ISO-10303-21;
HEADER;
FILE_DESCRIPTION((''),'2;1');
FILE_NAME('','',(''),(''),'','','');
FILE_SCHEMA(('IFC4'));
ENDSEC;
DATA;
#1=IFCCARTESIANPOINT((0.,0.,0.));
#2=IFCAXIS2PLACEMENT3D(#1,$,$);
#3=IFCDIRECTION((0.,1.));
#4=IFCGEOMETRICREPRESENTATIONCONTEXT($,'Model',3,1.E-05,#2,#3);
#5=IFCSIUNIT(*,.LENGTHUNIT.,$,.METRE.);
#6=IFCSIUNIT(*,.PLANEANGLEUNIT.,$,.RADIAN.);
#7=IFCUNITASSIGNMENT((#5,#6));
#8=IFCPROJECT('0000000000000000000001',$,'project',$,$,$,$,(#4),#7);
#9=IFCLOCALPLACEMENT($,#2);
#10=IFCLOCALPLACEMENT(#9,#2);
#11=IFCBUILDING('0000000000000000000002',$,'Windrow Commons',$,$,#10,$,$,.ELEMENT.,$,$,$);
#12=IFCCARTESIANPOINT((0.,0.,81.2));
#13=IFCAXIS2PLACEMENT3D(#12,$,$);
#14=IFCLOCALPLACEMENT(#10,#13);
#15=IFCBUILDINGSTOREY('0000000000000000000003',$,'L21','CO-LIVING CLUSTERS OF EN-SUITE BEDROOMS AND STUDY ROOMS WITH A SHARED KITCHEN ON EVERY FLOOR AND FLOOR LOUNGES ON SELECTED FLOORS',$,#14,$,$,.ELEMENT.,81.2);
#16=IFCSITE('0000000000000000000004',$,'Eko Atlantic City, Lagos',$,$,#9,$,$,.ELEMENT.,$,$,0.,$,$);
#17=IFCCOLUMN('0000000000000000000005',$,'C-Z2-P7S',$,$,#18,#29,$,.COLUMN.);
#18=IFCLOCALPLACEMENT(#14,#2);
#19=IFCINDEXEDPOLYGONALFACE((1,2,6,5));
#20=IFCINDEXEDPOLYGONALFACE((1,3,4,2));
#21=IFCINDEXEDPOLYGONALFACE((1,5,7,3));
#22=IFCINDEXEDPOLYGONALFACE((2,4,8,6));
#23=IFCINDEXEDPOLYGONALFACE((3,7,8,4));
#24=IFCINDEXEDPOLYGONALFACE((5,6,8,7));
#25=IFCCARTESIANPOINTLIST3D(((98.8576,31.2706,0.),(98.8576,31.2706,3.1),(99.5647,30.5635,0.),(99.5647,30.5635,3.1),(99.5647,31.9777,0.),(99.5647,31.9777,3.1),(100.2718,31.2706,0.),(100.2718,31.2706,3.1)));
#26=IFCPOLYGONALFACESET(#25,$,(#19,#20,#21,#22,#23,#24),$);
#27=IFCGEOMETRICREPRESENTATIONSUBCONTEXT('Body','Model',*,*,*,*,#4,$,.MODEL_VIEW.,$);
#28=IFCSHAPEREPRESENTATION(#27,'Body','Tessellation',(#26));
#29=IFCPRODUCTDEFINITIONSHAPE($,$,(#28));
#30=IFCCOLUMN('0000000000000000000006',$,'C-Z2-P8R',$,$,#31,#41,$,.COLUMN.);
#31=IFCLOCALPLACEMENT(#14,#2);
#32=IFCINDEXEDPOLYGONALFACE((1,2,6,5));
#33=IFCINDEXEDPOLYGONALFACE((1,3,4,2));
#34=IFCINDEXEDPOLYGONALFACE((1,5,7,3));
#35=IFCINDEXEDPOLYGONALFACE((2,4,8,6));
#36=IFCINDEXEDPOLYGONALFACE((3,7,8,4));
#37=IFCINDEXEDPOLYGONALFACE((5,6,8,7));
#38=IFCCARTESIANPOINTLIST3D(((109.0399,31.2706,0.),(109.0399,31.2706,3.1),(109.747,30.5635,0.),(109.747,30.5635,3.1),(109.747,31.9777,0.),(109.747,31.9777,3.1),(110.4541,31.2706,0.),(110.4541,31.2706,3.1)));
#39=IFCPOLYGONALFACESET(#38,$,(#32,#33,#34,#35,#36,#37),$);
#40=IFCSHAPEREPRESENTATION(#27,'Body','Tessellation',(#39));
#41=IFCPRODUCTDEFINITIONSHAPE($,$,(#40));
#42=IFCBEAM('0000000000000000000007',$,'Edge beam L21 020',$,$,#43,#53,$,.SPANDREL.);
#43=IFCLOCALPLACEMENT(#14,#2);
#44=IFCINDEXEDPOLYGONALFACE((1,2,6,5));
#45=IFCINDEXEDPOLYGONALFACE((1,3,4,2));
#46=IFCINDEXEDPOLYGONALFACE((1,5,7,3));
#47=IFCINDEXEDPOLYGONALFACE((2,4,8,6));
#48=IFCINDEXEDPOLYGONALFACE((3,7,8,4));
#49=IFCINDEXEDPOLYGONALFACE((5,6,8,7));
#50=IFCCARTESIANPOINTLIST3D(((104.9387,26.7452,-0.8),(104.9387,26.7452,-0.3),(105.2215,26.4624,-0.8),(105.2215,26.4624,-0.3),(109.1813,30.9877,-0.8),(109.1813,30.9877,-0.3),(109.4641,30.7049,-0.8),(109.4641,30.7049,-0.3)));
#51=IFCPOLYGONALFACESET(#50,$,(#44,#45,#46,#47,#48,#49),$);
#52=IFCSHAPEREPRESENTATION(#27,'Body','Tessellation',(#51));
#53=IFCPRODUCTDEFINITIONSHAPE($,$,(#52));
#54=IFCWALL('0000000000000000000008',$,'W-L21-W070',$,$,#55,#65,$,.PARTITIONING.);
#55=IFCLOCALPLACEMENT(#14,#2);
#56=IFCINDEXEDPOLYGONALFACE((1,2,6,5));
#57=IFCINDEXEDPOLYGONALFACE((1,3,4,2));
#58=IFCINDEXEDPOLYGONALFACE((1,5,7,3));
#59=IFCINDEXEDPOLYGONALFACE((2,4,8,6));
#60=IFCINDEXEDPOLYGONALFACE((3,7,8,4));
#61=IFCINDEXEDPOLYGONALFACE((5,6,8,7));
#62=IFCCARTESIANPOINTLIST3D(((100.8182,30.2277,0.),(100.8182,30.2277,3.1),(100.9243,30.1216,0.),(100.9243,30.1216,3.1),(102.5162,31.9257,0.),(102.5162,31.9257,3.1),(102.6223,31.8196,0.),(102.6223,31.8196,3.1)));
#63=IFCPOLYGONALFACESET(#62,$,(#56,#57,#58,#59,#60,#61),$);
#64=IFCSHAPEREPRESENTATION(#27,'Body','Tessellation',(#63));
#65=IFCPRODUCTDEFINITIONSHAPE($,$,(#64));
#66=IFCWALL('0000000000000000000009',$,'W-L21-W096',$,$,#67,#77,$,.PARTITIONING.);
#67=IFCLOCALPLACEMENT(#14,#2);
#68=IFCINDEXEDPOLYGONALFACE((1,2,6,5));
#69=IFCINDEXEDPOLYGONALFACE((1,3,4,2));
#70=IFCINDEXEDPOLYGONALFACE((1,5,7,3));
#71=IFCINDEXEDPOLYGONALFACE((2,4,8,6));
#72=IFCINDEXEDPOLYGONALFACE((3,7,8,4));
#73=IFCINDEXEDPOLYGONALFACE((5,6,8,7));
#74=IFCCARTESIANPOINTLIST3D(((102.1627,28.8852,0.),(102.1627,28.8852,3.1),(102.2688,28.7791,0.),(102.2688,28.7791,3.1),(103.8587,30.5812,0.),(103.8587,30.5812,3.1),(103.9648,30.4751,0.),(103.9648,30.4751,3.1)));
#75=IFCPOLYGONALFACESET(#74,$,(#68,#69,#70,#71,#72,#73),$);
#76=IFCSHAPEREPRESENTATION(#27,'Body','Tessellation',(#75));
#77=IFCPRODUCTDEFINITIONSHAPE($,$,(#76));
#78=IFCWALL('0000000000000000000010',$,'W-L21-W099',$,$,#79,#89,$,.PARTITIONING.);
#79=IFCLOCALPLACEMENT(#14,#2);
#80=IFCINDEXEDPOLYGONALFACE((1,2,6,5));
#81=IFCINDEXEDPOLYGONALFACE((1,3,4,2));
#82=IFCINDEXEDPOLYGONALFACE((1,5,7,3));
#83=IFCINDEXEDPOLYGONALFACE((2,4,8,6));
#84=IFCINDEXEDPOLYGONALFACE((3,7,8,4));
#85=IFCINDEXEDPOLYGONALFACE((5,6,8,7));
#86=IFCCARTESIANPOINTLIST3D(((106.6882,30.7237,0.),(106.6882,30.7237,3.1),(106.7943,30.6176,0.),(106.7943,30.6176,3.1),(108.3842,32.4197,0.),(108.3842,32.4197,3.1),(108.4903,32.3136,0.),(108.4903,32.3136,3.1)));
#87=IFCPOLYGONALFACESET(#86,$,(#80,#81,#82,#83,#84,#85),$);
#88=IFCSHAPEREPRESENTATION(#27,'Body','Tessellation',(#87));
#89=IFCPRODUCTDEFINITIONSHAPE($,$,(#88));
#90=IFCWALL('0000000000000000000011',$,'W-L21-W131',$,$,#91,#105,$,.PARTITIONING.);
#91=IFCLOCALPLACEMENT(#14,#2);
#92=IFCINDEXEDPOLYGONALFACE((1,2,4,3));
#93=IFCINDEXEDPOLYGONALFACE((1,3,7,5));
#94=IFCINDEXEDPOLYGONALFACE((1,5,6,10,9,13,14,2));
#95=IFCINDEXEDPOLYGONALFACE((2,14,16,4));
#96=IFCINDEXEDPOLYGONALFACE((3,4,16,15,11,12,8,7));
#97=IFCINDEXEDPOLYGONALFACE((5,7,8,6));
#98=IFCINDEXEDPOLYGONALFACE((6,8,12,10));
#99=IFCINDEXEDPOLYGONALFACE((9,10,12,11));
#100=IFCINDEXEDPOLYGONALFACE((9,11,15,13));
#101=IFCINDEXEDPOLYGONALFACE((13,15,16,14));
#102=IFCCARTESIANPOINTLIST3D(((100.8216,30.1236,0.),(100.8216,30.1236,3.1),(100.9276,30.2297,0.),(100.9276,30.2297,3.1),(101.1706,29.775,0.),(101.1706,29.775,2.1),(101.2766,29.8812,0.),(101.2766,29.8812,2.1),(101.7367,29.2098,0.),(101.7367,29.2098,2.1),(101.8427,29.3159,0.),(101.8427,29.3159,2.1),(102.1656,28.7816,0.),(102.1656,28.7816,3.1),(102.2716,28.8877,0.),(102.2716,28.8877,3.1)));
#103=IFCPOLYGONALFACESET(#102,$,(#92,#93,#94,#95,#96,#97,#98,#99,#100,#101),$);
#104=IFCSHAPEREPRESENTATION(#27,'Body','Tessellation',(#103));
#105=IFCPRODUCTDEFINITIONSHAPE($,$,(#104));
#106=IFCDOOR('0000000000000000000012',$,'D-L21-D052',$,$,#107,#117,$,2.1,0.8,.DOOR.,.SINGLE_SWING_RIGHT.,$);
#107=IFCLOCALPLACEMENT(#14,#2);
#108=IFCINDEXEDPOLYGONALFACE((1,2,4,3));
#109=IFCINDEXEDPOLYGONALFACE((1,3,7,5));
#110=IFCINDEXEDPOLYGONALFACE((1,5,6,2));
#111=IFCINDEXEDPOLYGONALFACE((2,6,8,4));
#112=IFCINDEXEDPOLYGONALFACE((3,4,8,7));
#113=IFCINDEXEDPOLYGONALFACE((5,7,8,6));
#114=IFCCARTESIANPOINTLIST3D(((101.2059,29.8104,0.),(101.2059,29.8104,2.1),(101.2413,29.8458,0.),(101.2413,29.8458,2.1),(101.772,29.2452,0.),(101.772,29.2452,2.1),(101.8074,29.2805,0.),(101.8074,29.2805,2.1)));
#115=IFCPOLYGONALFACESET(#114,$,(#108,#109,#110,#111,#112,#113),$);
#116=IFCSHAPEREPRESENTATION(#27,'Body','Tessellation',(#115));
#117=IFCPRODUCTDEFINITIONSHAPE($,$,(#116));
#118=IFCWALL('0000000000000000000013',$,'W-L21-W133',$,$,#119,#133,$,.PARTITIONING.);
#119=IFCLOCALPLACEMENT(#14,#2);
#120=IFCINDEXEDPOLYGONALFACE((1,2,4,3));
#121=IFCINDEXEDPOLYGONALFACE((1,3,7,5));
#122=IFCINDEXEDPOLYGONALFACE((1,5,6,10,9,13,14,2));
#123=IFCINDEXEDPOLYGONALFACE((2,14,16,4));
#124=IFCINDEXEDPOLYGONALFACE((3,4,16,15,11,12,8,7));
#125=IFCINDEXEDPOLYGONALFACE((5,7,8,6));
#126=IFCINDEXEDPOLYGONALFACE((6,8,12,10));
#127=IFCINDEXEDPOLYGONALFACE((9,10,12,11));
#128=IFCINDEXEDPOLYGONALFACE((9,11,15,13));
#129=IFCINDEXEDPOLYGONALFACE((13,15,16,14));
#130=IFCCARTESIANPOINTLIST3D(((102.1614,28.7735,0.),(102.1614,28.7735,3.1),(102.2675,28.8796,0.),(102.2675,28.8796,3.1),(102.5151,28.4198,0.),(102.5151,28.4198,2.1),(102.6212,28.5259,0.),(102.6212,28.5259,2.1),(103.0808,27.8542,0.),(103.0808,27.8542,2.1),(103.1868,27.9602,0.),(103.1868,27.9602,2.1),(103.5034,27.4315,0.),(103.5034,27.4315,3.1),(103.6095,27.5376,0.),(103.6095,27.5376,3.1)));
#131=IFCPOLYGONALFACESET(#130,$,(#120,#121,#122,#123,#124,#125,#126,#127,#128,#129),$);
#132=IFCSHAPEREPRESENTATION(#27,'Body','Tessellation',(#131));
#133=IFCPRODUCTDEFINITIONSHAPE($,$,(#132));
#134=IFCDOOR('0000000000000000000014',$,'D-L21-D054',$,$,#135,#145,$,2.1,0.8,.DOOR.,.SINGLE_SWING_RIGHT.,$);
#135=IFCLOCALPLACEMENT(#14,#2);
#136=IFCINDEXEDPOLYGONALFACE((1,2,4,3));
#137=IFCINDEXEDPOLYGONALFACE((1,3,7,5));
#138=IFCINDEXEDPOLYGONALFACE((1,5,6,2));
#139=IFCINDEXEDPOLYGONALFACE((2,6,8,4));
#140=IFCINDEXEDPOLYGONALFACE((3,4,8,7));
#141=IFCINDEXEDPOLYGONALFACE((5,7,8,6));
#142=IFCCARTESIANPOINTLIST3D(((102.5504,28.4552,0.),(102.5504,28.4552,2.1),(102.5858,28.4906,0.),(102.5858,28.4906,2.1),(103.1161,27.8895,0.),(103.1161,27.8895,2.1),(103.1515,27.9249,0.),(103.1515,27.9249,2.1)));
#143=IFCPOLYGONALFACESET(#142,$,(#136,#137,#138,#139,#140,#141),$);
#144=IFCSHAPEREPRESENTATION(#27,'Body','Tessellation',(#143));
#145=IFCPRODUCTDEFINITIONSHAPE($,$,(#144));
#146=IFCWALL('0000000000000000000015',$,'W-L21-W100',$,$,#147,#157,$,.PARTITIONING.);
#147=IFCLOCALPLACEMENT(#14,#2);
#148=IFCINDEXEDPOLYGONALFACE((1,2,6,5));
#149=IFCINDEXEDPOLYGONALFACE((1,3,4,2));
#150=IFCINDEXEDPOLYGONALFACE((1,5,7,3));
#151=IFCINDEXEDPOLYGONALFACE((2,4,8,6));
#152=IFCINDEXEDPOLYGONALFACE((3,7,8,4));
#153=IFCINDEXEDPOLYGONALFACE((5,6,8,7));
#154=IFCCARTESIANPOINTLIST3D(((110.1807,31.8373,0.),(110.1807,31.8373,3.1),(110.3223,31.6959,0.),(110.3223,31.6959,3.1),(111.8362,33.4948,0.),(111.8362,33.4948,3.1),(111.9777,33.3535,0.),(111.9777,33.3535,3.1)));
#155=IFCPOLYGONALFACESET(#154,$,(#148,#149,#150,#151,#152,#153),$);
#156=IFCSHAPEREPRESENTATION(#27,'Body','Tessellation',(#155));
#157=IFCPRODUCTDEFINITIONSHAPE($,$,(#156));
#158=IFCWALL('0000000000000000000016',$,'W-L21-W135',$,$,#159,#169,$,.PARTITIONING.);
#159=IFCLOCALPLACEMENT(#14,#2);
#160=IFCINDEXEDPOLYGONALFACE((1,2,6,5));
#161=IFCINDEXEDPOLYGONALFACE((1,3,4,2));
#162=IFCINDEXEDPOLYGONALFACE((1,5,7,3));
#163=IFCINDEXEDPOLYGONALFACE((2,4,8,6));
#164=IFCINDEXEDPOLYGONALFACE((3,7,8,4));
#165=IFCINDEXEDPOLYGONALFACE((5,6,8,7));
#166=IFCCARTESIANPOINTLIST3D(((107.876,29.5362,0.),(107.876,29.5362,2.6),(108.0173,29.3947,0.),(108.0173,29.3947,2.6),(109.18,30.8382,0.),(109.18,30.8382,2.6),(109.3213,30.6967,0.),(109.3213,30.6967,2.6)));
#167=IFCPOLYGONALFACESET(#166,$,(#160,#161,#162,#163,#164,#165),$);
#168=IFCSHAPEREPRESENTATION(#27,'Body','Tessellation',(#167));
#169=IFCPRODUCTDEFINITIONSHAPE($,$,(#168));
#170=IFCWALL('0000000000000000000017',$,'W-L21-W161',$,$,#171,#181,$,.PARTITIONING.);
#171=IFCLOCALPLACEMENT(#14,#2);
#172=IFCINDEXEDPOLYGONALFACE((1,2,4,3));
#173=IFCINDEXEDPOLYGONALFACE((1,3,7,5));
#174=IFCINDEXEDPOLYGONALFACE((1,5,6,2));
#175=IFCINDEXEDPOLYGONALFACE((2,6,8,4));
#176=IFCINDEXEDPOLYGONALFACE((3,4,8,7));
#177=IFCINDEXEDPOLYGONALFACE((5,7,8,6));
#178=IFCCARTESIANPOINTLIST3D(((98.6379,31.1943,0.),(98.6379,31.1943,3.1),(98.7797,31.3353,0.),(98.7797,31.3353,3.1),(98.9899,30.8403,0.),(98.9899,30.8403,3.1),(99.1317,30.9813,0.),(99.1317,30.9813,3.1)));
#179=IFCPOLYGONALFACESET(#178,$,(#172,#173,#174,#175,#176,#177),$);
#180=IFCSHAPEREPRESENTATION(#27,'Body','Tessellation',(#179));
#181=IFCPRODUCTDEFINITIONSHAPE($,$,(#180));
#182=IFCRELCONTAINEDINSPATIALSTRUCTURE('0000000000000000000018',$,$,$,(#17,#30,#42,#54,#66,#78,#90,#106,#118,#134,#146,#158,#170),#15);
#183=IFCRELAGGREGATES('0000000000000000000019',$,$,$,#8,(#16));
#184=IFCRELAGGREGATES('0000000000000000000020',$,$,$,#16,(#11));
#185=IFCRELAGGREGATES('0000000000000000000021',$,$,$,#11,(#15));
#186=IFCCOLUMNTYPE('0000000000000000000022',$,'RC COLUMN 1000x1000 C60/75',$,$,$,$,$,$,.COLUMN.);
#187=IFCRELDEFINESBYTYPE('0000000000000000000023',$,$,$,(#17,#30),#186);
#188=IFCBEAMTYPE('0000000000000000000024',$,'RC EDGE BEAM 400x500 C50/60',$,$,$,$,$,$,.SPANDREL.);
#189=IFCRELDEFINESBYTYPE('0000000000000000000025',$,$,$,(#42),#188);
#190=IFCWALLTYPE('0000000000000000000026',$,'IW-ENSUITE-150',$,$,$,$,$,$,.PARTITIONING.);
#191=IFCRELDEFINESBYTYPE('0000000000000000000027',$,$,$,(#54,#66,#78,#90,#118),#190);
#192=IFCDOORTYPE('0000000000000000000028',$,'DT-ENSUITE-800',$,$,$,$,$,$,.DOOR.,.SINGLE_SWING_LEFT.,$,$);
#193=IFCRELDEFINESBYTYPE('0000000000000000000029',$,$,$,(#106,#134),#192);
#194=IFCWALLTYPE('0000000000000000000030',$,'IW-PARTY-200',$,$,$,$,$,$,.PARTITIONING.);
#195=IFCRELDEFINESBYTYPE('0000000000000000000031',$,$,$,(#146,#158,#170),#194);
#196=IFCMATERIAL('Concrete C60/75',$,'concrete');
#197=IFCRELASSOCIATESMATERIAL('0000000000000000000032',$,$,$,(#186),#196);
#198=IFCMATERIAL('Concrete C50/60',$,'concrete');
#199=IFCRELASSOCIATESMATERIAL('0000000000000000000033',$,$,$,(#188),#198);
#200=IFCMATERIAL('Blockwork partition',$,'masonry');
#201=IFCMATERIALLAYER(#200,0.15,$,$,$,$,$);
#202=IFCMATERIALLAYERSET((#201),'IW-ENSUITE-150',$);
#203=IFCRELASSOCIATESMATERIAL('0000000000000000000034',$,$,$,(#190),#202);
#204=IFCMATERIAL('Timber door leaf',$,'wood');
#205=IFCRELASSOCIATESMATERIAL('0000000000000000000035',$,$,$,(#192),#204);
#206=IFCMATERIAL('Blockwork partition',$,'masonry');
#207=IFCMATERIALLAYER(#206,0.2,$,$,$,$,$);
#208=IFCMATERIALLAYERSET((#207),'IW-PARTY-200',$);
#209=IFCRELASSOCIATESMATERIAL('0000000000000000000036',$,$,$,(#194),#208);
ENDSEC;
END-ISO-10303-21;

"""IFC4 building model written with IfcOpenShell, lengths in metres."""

from ifc_helpers import new_model, si_unit, direction, frame, frame_2d, origin, origin_2d, place, context, subcontext, project, spatial, rectangle, extrude, material, layer, layer_set, material_profile, profile_set, type_object, element, fill, save


model = new_model("IFC4")

# Units and contexts
model_context = context("Model", 3, precision=1e-05, world=origin(), true_north=direction((0.0, 1.0)))
body_context = subcontext(model_context, "Body", "Model", "MODEL_VIEW")
ifc_project = project(units=[si_unit("LENGTHUNIT", "METRE"), si_unit("PLANEANGLEUNIT", "RADIAN")], contexts=[model_context])

# Site, building, storey
site_placement = place(None, origin())
site = spatial("IfcSite", under=ifc_project, at=site_placement, Name="Eko Atlantic City, Lagos", CompositionType="ELEMENT", RefElevation=0.0)
building_placement = place(site_placement, origin())
building = spatial("IfcBuilding", under=site, at=building_placement, Name="Windrow Commons", CompositionType="ELEMENT")
storey_placement = place(building_placement, frame((0.0, 0.0, 81.2)))
storey = spatial("IfcBuildingStorey", under=building, at=storey_placement, Name="L21", Description="CO-LIVING CLUSTERS OF EN-SUITE BEDROOMS AND STUDY ROOMS WITH A SHARED KITCHEN ON EVERY FLOOR AND FLOOR LOUNGES ON SELECTED FLOORS", CompositionType="ELEMENT", Elevation=81.2)

# Columns
ifc_material_1 = material(Name="Concrete C60/75", Category="concrete")
ifc_material_profile_1 = material_profile(ifc_material_1, rectangle(XDim=1.0, YDim=1.0, at=origin_2d()))
ifc_profile_set_1 = profile_set([ifc_material_profile_1], Name="Concrete C60/75")
column_type = type_object("IfcColumnType", Name="RC COLUMN 1000x1000 C60/75", PredefinedType="COLUMN", material=ifc_profile_set_1)
for number, where, z_axis, x_axis, name in (
    (1, (99.5647, 31.2706, 0.0), (0.0, 0.0, 1.0), (0.707107, -0.707107, 0.0), "C-Z2-P7S"),
    (2, (109.747, 31.2706, 0.0), (0.0, 0.0, 1.0), (0.707107, -0.707107, 0.0), "C-Z2-P8R"),
):
    element("IfcColumn", number, at=place(storey_placement, frame(where, z_axis=z_axis, x_axis=x_axis)), inside=storey, type_object=column_type, Name=name, PredefinedType="COLUMN", context=body_context, shape_type="SweptSolid", body=[
        extrude(rectangle(XDim=1.0, YDim=1.0, at=origin_2d()), origin(), (0.0, 0.0, 1.0), 3.1),
    ])

# Beam
ifc_material_2 = material(Name="Concrete C50/60", Category="concrete")
ifc_material_profile_2 = material_profile(ifc_material_2, rectangle(XDim=0.4, YDim=0.5, at=origin_2d()))
ifc_profile_set_2 = profile_set([ifc_material_profile_2], Name="Concrete C50/60")
beam_type = type_object("IfcBeamType", Name="RC EDGE BEAM 400x500 C50/60", PredefinedType="SPANDREL", material=ifc_profile_set_2)
beam_placement = place(storey_placement, frame((109.3227, 30.8463, -0.55), z_axis=(-0.707115, -0.707098, 0.0), x_axis=(0.707098, -0.707115, 0.0)))
element("IfcBeam", 3, at=beam_placement, inside=storey, type_object=beam_type, Name="Edge beam L21 020", PredefinedType="SPANDREL", context=body_context, shape_type="SweptSolid", body=[
    extrude(rectangle(XDim=0.4, YDim=0.5, at=origin_2d()), origin(), (0.0, 0.0, 1.0), 5.9999),
])

# Walls
ifc_material_3 = material(Name="Blockwork partition", Category="masonry")
ifc_layer_1 = layer(ifc_material_3, 0.15)
ifc_layer_set_1 = layer_set([ifc_layer_1], Name="IW-ENSUITE-150")
wall_type_1 = type_object("IfcWallType", Name="IW-ENSUITE-150", PredefinedType="PARTITIONING", material=ifc_layer_set_1)
wall_1_placement = place(storey_placement, frame((100.8713, 30.1747, 0.0), z_axis=(0.0, 0.0, 1.0), x_axis=(0.707107, 0.707107, 0.0)))
element("IfcWall", 4, at=wall_1_placement, inside=storey, type_object=wall_type_1, Name="W-L21-W070", PredefinedType="PARTITIONING", context=body_context, shape_type="SweptSolid", body=[
    extrude(rectangle(XDim=2.4013, YDim=0.15, at=frame_2d((1.2006, 0.0))), origin(), (0.0, 0.0, 1.0), 3.1),
])
for number, where, z_axis, x_axis, name in (
    (5, (102.2158, 28.8322, 0.0), (0.0, 0.0, 1.0), (0.707107, 0.707107, 0.0), "W-L21-W096"),
    (6, (106.7413, 30.6707, 0.0), (0.0, 0.0, 1.0), (0.707107, 0.707107, 0.0), "W-L21-W099"),
):
    element("IfcWall", number, at=place(storey_placement, frame(where, z_axis=z_axis, x_axis=x_axis)), inside=storey, type_object=wall_type_1, Name=name, PredefinedType="PARTITIONING", context=body_context, shape_type="SweptSolid", body=[
        extrude(rectangle(XDim=2.3985, YDim=0.15, at=frame_2d((1.1992, 0.0))), origin(), (0.0, 0.0, 1.0), 3.1),
    ])

# Walls, openings, doors
wall_2_placement = place(storey_placement, frame((100.8746, 30.1766, 0.0), z_axis=(0.0, 0.0, 1.0), x_axis=(0.707633, -0.70658, 0.0)))
wall_2 = element("IfcWall", 7, at=wall_2_placement, inside=storey, type_object=wall_type_1, Name="W-L21-W131", PredefinedType="PARTITIONING", context=body_context, shape_type="SweptSolid", body=[
    extrude(rectangle(XDim=1.8993, YDim=0.15, at=frame_2d((0.9496, 0.0))), origin(), (0.0, 0.0, 1.0), 3.1),
])
opening_1_placement = place(wall_2_placement, frame((0.4932, 0.0, 0.0)))
opening_1 = element("IfcOpeningElement", 8, at=opening_1_placement, cuts=wall_2, PredefinedType="OPENING", context=body_context, shape_type="SweptSolid", body=[
    extrude(rectangle(XDim=0.8, YDim=2.1, at=frame_2d((0.4, 1.05))), frame((0.0, 0.085, 0.0), z_axis=(0.0, -1.0, 0.0), x_axis=(1.0, 0.0, 0.0)), (0.0, 0.0, 1.0), 0.17),
])
ifc_material_4 = material(Name="Timber door leaf", Category="wood")
door_type = type_object("IfcDoorType", Name="DT-ENSUITE-800", OperationType="SINGLE_SWING_LEFT", PredefinedType="DOOR", material=ifc_material_4)
door_1_placement = place(opening_1_placement, origin())
door_1 = element("IfcDoor", 9, at=door_1_placement, inside=storey, type_object=door_type, Name="D-L21-D052", OperationType="SINGLE_SWING_RIGHT", OverallHeight=2.1, OverallWidth=0.8, PredefinedType="DOOR", context=body_context, shape_type="SweptSolid", body=[
    extrude(rectangle(XDim=0.8, YDim=2.1, at=frame_2d((0.4, 1.05))), frame((0.0, 0.025, 0.0), z_axis=(0.0, -1.0, 0.0), x_axis=(1.0, 0.0, 0.0)), (0.0, 0.0, 1.0), 0.05),
])
fill(opening_1, door_1)
wall_3_placement = place(storey_placement, frame((102.2145, 28.8265, 0.0), z_axis=(0.0, 0.0, 1.0), x_axis=(0.707107, -0.707107, 0.0)))
wall_3 = element("IfcWall", 10, at=wall_3_placement, inside=storey, type_object=wall_type_1, Name="W-L21-W133", PredefinedType="PARTITIONING", context=body_context, shape_type="SweptSolid", body=[
    extrude(rectangle(XDim=1.8979, YDim=0.15, at=frame_2d((0.9489, 0.0))), origin(), (0.0, 0.0, 1.0), 3.1),
])
opening_2_placement = place(wall_3_placement, frame((0.5001, 0.0, 0.0)))
opening_2 = element("IfcOpeningElement", 11, at=opening_2_placement, cuts=wall_3, PredefinedType="OPENING", context=body_context, shape_type="SweptSolid", body=[
    extrude(rectangle(XDim=0.8, YDim=2.1, at=frame_2d((0.4, 1.05))), frame((0.0, 0.085, 0.0), z_axis=(0.0, -1.0, 0.0), x_axis=(1.0, 0.0, 0.0)), (0.0, 0.0, 1.0), 0.17),
])
door_2_placement = place(opening_2_placement, origin())
door_2 = element("IfcDoor", 12, at=door_2_placement, inside=storey, type_object=door_type, Name="D-L21-D054", OperationType="SINGLE_SWING_RIGHT", OverallHeight=2.1, OverallWidth=0.8, PredefinedType="DOOR", context=body_context, shape_type="SweptSolid", body=[
    extrude(rectangle(XDim=0.8, YDim=2.1, at=frame_2d((0.4, 1.05))), frame((0.0, 0.025, 0.0), z_axis=(0.0, -1.0, 0.0), x_axis=(1.0, 0.0, 0.0)), (0.0, 0.0, 1.0), 0.05),
])
fill(opening_2, door_2)

# Walls
ifc_material_5 = material(Name="Blockwork partition", Category="masonry")
ifc_layer_2 = layer(ifc_material_5, 0.2)
ifc_layer_set_2 = layer_set([ifc_layer_2], Name="IW-PARTY-200")
wall_type_2 = type_object("IfcWallType", Name="IW-PARTY-200", PredefinedType="PARTITIONING", material=ifc_layer_set_2)
wall_4_placement = place(storey_placement, frame((110.2515, 31.7666, 0.0), z_axis=(0.0, 0.0, 1.0), x_axis=(0.706658, 0.707555, 0.0)))
element("IfcWall", 13, at=wall_4_placement, inside=storey, type_object=wall_type_2, Name="W-L21-W100", PredefinedType="PARTITIONING", context=body_context, shape_type="SweptSolid", body=[
    extrude(rectangle(XDim=2.3426, YDim=0.2, at=frame_2d((1.1713, 0.0))), origin(), (0.0, 0.0, 1.0), 3.1),
])
wall_5_placement = place(storey_placement, frame((107.9466, 29.4654, 0.0), z_axis=(0.0, 0.0, 1.0), x_axis=(0.707649, 0.706564, 0.0)))
element("IfcWall", 14, at=wall_5_placement, inside=storey, type_object=wall_type_2, Name="W-L21-W135", PredefinedType="PARTITIONING", context=body_context, shape_type="SweptSolid", body=[
    extrude(rectangle(XDim=1.8427, YDim=0.2, at=frame_2d((0.9214, 0.0))), origin(), (0.0, 0.0, 1.0), 2.6),
])
wall_6_placement = place(storey_placement, frame((98.7088, 31.2648, 0.0), z_axis=(0.0, 0.0, 1.0), x_axis=(0.705101, -0.709107, 0.0)))
element("IfcWall", 15, at=wall_6_placement, inside=storey, type_object=wall_type_2, Name="W-L21-W161", PredefinedType="PARTITIONING", context=body_context, shape_type="SweptSolid", body=[
    extrude(rectangle(XDim=0.4992, YDim=0.2, at=frame_2d((0.2496, 0.0))), origin(), (0.0, 0.0, 1.0), 3.1),
])

save(model, "model.ifc")
